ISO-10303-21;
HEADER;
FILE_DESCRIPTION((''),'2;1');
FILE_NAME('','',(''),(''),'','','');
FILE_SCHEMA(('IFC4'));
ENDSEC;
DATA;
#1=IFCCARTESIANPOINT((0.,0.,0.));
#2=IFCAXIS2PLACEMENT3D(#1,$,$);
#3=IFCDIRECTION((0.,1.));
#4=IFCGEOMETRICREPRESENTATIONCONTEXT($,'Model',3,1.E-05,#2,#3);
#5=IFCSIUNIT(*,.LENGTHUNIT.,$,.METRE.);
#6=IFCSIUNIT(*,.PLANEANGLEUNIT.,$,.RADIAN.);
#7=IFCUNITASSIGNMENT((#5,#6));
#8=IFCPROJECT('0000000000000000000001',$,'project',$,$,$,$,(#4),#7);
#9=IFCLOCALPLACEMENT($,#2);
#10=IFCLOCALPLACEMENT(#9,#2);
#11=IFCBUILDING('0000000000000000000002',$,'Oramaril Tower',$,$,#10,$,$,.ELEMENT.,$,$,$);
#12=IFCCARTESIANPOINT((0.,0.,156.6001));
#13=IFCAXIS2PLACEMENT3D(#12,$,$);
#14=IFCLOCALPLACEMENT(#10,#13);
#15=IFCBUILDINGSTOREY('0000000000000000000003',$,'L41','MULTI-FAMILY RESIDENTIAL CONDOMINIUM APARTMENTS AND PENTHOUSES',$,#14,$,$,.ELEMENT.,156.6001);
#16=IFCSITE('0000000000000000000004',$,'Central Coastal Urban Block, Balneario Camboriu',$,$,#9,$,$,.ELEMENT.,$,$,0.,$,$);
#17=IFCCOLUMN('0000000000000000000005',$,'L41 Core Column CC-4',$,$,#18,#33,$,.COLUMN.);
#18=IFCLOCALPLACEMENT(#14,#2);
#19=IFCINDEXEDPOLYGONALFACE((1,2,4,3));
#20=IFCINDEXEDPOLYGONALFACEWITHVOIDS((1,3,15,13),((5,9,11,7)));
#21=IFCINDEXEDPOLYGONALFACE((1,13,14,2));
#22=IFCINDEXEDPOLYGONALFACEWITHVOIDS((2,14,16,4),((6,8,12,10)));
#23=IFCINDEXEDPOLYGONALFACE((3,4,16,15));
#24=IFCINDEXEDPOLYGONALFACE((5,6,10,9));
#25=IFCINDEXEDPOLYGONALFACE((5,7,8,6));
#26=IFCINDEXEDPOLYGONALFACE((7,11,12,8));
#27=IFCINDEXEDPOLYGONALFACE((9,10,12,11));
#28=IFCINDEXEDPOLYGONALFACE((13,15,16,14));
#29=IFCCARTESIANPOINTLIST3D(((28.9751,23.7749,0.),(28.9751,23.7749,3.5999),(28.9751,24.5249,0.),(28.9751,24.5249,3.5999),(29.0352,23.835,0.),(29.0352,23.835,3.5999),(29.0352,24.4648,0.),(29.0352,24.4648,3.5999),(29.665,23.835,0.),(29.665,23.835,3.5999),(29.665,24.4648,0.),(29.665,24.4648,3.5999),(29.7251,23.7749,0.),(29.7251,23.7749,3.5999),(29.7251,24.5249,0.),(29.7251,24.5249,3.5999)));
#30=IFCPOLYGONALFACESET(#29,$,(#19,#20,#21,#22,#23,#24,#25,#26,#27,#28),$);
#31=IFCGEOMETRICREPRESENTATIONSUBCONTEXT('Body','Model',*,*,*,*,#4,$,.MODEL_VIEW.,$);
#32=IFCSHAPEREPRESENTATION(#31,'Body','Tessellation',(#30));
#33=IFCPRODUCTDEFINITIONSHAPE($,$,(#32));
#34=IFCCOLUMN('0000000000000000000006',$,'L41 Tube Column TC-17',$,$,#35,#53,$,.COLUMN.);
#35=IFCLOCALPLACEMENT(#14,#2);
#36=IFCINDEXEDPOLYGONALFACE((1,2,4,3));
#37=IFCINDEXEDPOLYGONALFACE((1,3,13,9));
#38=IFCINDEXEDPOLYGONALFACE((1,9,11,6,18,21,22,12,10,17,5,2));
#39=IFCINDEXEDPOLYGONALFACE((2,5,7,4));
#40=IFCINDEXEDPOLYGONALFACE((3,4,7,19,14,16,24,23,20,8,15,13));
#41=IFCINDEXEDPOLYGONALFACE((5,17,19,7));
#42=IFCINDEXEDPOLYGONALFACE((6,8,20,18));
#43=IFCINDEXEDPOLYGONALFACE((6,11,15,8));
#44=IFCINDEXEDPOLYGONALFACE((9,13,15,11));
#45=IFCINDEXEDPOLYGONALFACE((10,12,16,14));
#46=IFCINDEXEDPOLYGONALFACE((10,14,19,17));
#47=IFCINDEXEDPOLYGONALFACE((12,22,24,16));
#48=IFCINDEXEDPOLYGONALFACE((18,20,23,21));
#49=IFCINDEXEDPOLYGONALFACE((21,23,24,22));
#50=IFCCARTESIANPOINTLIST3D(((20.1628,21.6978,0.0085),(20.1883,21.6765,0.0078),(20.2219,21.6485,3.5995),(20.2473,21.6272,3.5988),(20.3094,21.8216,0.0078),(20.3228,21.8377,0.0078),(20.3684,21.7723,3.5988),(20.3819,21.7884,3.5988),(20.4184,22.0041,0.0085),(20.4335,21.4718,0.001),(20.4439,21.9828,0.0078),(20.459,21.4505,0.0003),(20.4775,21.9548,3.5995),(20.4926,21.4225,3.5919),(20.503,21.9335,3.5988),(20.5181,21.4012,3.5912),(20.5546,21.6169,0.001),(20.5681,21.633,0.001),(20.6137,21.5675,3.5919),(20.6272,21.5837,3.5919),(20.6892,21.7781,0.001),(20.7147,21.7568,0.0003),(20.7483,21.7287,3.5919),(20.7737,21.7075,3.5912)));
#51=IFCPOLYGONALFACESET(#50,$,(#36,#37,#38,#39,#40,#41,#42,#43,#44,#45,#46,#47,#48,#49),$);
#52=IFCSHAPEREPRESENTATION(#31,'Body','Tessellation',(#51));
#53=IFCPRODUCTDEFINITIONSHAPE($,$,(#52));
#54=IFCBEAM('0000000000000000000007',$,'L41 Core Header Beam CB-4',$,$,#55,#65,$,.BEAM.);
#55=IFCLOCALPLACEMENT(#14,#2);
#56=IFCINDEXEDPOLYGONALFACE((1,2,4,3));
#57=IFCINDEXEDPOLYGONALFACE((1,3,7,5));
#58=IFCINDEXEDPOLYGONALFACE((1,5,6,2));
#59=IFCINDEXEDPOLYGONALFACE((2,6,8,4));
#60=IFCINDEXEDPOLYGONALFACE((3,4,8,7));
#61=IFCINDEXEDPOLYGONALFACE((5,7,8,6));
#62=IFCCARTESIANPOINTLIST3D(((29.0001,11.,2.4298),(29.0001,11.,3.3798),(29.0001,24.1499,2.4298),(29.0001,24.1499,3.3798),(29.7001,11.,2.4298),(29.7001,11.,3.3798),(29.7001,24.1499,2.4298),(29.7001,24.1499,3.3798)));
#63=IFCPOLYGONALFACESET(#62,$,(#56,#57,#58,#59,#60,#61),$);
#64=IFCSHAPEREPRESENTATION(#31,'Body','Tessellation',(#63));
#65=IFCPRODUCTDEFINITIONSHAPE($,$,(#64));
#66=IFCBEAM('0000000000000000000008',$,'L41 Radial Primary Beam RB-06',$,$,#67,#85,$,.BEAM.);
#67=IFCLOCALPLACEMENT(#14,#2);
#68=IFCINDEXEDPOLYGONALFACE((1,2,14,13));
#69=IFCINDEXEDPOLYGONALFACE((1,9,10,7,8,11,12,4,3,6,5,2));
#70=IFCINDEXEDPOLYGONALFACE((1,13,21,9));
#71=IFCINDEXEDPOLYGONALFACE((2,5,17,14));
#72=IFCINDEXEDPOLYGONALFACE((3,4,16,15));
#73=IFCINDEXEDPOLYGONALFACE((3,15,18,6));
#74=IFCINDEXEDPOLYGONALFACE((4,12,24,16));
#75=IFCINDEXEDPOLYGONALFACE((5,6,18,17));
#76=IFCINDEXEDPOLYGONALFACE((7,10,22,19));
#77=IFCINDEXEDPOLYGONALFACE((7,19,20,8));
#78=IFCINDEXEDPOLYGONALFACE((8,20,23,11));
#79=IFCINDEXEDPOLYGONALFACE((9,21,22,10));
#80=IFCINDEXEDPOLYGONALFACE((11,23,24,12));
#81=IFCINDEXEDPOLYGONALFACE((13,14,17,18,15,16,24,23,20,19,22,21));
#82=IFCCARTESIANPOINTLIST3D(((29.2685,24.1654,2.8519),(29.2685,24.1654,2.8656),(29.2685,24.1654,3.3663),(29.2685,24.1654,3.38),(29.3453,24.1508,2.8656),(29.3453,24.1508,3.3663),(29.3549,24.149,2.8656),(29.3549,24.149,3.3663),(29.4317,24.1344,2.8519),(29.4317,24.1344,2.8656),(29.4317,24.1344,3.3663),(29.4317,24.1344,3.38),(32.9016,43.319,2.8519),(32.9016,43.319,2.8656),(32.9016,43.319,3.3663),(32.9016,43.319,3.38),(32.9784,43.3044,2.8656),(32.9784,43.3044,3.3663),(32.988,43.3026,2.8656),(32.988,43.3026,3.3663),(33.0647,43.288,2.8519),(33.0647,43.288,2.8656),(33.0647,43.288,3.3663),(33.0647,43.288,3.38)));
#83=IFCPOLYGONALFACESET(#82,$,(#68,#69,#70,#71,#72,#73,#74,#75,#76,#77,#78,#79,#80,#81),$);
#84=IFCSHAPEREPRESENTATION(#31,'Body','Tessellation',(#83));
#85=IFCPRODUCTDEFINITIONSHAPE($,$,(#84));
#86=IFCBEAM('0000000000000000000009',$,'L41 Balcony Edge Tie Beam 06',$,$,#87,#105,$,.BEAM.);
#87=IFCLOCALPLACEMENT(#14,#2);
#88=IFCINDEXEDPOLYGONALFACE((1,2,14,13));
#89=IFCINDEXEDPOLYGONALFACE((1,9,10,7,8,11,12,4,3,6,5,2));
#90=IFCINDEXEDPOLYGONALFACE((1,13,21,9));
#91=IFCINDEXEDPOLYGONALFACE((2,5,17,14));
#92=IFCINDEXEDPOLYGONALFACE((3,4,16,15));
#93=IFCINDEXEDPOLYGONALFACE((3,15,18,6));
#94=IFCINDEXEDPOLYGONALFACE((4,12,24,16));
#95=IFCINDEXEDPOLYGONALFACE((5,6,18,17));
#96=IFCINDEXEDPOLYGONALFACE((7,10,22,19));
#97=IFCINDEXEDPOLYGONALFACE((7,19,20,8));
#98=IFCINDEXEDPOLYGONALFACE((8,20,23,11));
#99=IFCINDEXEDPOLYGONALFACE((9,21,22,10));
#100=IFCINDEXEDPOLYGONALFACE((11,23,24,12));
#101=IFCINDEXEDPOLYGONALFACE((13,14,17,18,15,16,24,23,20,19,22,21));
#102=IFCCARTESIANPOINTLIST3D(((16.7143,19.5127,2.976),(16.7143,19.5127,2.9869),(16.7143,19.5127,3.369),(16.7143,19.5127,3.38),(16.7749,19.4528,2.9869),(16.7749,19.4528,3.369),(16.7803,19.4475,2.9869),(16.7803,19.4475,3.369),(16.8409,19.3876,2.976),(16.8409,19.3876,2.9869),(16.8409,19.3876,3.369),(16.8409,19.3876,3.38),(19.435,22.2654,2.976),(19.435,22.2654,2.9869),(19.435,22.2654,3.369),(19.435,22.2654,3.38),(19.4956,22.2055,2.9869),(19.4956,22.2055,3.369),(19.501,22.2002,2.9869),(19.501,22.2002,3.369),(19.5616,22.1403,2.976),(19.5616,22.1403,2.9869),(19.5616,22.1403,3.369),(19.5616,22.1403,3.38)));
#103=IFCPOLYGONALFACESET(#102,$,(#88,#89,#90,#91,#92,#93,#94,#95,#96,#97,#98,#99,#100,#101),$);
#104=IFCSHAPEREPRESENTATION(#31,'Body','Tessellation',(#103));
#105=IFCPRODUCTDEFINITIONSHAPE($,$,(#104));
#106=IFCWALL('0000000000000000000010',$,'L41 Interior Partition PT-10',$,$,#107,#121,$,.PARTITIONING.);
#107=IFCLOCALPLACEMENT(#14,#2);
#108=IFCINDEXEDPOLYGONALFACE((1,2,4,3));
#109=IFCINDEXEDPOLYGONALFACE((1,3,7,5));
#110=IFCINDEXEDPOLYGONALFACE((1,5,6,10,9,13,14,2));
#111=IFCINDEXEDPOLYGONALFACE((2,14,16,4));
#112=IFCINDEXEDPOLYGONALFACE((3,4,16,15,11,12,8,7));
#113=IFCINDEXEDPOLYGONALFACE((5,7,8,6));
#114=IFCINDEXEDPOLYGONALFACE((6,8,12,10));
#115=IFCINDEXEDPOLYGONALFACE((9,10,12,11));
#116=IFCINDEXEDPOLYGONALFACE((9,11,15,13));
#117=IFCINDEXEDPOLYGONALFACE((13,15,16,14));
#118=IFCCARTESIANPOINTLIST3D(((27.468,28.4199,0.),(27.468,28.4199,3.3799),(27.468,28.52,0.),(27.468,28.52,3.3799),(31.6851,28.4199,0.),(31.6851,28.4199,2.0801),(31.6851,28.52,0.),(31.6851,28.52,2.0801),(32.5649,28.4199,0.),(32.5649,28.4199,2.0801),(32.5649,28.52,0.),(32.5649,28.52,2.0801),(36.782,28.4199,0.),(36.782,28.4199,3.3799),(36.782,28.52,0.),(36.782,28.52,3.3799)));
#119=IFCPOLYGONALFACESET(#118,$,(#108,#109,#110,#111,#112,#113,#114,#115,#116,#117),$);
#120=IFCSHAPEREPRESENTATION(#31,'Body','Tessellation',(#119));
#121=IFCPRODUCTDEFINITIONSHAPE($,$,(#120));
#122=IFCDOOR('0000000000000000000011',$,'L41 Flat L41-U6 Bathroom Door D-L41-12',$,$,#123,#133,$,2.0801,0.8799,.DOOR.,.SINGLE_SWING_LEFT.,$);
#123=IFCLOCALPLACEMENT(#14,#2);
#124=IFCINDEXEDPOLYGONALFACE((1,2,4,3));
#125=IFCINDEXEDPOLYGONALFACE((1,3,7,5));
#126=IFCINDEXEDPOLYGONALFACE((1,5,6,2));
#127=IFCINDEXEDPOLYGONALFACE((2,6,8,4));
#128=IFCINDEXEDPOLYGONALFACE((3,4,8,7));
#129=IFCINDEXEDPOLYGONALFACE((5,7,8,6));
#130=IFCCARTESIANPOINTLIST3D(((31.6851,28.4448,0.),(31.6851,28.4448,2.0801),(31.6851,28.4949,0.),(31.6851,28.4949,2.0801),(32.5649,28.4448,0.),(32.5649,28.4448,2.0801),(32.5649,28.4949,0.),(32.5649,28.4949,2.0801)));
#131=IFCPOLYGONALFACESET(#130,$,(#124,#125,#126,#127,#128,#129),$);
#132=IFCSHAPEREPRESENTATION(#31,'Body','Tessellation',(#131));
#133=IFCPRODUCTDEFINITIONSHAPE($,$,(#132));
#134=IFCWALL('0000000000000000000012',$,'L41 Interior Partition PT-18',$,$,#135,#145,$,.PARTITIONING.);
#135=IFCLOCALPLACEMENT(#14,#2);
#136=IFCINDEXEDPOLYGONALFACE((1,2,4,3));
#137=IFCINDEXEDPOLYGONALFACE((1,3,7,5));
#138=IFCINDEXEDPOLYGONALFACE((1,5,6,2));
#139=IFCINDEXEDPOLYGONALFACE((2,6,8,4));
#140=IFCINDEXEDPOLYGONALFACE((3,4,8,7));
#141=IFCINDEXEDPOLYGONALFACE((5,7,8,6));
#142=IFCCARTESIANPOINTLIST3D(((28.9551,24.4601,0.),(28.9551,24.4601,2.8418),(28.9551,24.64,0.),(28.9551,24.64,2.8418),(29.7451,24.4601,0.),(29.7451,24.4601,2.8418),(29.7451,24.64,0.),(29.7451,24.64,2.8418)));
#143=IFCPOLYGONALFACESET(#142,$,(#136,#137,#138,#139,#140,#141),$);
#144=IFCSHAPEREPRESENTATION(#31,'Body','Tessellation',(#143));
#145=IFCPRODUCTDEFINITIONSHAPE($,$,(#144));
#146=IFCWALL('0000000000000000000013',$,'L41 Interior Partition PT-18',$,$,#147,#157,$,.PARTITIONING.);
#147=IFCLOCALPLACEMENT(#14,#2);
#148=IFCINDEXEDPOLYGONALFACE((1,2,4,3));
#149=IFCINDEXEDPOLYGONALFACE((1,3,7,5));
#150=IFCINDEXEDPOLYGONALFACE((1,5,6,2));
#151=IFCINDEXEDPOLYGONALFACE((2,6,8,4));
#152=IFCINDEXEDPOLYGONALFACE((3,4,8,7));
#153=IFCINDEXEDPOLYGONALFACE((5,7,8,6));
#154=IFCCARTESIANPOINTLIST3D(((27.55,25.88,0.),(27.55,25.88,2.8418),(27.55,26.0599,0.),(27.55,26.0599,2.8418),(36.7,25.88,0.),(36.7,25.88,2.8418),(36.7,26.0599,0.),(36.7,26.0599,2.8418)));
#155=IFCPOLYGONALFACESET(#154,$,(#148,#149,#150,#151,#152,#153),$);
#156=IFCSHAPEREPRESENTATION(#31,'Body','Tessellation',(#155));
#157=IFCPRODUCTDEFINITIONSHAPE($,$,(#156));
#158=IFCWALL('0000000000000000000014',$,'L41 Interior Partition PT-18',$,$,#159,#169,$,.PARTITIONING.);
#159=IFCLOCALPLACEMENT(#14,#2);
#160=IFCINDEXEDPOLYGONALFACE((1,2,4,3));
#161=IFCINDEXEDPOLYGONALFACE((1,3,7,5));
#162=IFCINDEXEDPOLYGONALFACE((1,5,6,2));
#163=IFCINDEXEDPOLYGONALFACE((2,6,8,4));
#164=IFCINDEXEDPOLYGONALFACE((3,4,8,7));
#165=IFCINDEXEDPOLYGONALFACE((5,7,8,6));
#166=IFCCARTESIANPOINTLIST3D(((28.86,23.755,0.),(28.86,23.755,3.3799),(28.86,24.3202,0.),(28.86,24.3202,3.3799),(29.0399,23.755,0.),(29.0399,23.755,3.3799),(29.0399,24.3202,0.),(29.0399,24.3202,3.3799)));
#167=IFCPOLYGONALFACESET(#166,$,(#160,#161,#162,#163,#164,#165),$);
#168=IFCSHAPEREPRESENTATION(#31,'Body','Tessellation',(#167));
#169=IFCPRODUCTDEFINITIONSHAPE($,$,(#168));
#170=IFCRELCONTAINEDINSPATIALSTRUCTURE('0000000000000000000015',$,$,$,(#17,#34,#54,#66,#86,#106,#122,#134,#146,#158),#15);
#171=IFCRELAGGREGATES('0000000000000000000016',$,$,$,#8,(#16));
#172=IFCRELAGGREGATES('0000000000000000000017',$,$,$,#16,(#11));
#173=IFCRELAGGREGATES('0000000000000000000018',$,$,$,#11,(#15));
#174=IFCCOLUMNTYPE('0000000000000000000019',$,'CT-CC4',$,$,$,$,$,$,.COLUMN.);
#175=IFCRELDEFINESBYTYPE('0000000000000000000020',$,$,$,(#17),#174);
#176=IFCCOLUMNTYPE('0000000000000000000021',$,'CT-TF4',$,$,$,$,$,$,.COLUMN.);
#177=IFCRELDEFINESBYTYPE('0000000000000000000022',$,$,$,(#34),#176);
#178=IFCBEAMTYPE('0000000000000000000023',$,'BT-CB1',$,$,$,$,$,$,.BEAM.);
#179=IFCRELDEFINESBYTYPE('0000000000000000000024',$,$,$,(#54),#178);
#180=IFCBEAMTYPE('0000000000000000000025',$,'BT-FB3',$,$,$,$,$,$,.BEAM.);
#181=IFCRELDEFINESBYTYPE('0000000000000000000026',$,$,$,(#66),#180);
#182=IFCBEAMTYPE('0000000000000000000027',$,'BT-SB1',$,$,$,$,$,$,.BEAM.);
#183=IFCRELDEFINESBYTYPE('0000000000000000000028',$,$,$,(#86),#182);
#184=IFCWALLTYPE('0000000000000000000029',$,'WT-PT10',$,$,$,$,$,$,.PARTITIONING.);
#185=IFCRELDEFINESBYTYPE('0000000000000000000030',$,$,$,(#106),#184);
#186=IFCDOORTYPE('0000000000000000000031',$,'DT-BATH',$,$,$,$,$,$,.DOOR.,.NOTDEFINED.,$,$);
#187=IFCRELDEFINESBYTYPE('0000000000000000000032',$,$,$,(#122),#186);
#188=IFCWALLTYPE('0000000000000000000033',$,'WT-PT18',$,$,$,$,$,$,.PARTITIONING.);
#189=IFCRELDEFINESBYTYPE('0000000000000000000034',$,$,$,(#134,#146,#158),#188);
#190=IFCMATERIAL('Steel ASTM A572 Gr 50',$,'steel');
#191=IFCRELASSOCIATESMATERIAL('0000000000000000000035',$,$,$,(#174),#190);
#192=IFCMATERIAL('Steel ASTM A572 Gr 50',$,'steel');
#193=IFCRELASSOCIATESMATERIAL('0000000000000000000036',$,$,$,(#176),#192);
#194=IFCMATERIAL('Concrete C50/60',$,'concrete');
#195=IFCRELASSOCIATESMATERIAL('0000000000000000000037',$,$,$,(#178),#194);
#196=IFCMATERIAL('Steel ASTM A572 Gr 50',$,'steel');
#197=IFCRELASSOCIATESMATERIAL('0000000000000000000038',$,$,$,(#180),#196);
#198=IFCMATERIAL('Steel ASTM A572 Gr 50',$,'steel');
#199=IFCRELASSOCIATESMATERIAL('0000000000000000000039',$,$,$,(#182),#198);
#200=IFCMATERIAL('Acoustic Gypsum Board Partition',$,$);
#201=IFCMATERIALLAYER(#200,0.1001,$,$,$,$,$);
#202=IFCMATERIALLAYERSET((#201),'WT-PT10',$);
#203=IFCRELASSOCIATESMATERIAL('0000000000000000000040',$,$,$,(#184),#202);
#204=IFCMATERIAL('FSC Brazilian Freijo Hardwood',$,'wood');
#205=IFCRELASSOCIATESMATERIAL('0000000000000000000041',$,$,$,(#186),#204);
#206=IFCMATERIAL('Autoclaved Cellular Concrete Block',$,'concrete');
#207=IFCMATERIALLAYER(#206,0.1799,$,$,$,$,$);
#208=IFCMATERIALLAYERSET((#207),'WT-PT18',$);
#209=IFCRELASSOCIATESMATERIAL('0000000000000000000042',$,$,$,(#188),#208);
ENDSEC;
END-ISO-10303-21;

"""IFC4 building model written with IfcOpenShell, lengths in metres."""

from ifc_helpers import new_model, si_unit, direction, frame, frame_2d, origin, origin_2d, place, context, subcontext, project, spatial, rectangle, hollow_rectangle, i_section, extrude, material, layer, layer_set, material_profile, profile_set, type_object, element, fill, save


model = new_model("IFC4")

# Units and contexts
model_context = context("Model", 3, precision=1e-05, world=origin(), true_north=direction((0.0, 1.0)))
body_context = subcontext(model_context, "Body", "Model", "MODEL_VIEW")
ifc_project = project(units=[si_unit("LENGTHUNIT", "METRE"), si_unit("PLANEANGLEUNIT", "RADIAN")], contexts=[model_context])

# Site, building, storey
site_placement = place(None, origin())
site = spatial("IfcSite", under=ifc_project, at=site_placement, Name="Central Coastal Urban Block, Balneario Camboriu", CompositionType="ELEMENT", RefElevation=0.0)
building_placement = place(site_placement, origin())
building = spatial("IfcBuilding", under=site, at=building_placement, Name="Oramaril Tower", CompositionType="ELEMENT")
storey_placement = place(building_placement, frame((0.0, 0.0, 156.6001)))
storey = spatial("IfcBuildingStorey", under=building, at=storey_placement, Name="L41", Description="MULTI-FAMILY RESIDENTIAL CONDOMINIUM APARTMENTS AND PENTHOUSES", CompositionType="ELEMENT", Elevation=156.6001)

# Columns
ifc_material_1 = material(Name="Steel ASTM A572 Gr 50", Category="steel")
ifc_material_profile_1 = material_profile(ifc_material_1, hollow_rectangle(XDim=0.75, YDim=0.75, WallThickness=0.0601, at=origin_2d()), Name="BOX750X750X60")
ifc_profile_set_1 = profile_set([ifc_material_profile_1], Name="Steel ASTM A572 Gr 50")
column_type_1 = type_object("IfcColumnType", Name="CT-CC4", PredefinedType="COLUMN", material=ifc_profile_set_1)
column_1_placement = place(storey_placement, frame((29.3501, 24.1499, 0.0), z_axis=(0.0, 0.0, 1.0), x_axis=(1.0, 0.0, 0.0)))
element("IfcColumn", 1, at=column_1_placement, inside=storey, type_object=column_type_1, Name="L41 Core Column CC-4", PredefinedType="COLUMN", context=body_context, shape_type="SweptSolid", body=[
    extrude(hollow_rectangle(XDim=0.75, YDim=0.75, WallThickness=0.0601, at=origin_2d()), origin(), (0.0, 0.0, 1.0), 3.5999),
])
ifc_material_2 = material(Name="Steel ASTM A572 Gr 50", Category="steel")
ifc_material_profile_2 = material_profile(ifc_material_2, i_section(OverallWidth=0.3989, OverallDepth=0.386, WebThickness=0.021, FlangeThickness=0.0332, at=origin_2d()), Name="W14X176")
ifc_profile_set_2 = profile_set([ifc_material_profile_2], Name="Steel ASTM A572 Gr 50")
column_type_2 = type_object("IfcColumnType", Name="CT-TF4", PredefinedType="COLUMN", material=ifc_profile_set_2)
column_2_placement = place(storey_placement, frame((20.4387, 21.7273, 0.0044), z_axis=(0.016449, -0.01373, 0.99977), x_axis=(0.640808, 0.767701, 0.0)))
element("IfcColumn", 2, at=column_2_placement, inside=storey, type_object=column_type_2, Name="L41 Tube Column TC-17", PredefinedType="COLUMN", context=body_context, shape_type="SweptSolid", body=[
    extrude(i_section(OverallWidth=0.3989, OverallDepth=0.386, WebThickness=0.021, FlangeThickness=0.0332, at=origin_2d()), origin(), (0.0, 0.0, 1.0), 3.5918),
])

# Beams
ifc_material_3 = material(Name="Concrete C50/60", Category="concrete")
ifc_material_profile_3 = material_profile(ifc_material_3, rectangle(XDim=0.7, YDim=0.95, at=origin_2d()), Name="CB700X950")
ifc_profile_set_3 = profile_set([ifc_material_profile_3], Name="Concrete C50/60")
beam_type_1 = type_object("IfcBeamType", Name="BT-CB1", PredefinedType="BEAM", material=ifc_profile_set_3)
beam_1_placement = place(storey_placement, frame((29.3501, 24.1499, 2.9048), z_axis=(0.0, -1.0, 0.0), x_axis=(1.0, 0.0, 0.0)))
element("IfcBeam", 3, at=beam_1_placement, inside=storey, type_object=beam_type_1, Name="L41 Core Header Beam CB-4", PredefinedType="BEAM", context=body_context, shape_type="SweptSolid", body=[
    extrude(rectangle(XDim=0.7, YDim=0.95, at=origin_2d()), origin(), (0.0, 0.0, 1.0), 13.1499),
])
ifc_material_4 = material(Name="Steel ASTM A572 Gr 50", Category="steel")
ifc_material_profile_4 = material_profile(ifc_material_4, i_section(OverallWidth=0.166, OverallDepth=0.5281, WebThickness=0.0098, FlangeThickness=0.0137, at=origin_2d()), Name="W21X50")
ifc_profile_set_4 = profile_set([ifc_material_profile_4], Name="Steel ASTM A572 Gr 50")
beam_type_2 = type_object("IfcBeamType", Name="BT-FB3", PredefinedType="BEAM", material=ifc_profile_set_4)
beam_2_placement = place(storey_placement, frame((29.3501, 24.1499, 3.116), z_axis=(0.186358, 0.982482, 0.0), x_axis=(-0.982482, 0.186358, 0.0)))
element("IfcBeam", 4, at=beam_2_placement, inside=storey, type_object=beam_type_2, Name="L41 Radial Primary Beam RB-06", PredefinedType="BEAM", context=body_context, shape_type="SweptSolid", body=[
    extrude(i_section(OverallWidth=0.166, OverallDepth=0.5281, WebThickness=0.0098, FlangeThickness=0.0137, at=origin_2d()), origin(), (0.0, 0.0, 1.0), 19.4951),
])
ifc_material_5 = material(Name="Steel ASTM A572 Gr 50", Category="steel")
ifc_material_profile_5 = material_profile(ifc_material_5, i_section(OverallWidth=0.178, OverallDepth=0.4041, WebThickness=0.0076, FlangeThickness=0.011, at=origin_2d()), Name="W16X36")
ifc_profile_set_5 = profile_set([ifc_material_profile_5], Name="Steel ASTM A572 Gr 50")
beam_type_3 = type_object("IfcBeamType", Name="BT-SB1", PredefinedType="BEAM", material=ifc_profile_set_5)
beam_3_placement = place(storey_placement, frame((19.4983, 22.2029, 3.178), z_axis=(-0.702963, -0.711226, 0.0), x_axis=(0.711226, -0.702963, 0.0)))
element("IfcBeam", 5, at=beam_3_placement, inside=storey, type_object=beam_type_3, Name="L41 Balcony Edge Tie Beam 06", PredefinedType="BEAM", context=body_context, shape_type="SweptSolid", body=[
    extrude(i_section(OverallWidth=0.178, OverallDepth=0.4041, WebThickness=0.0076, FlangeThickness=0.011, at=origin_2d()), origin(), (0.0, 0.0, 1.0), 3.8704),
])

# Wall, opening, door
ifc_material_6 = material(Name="Acoustic Gypsum Board Partition")
ifc_layer_1 = layer(ifc_material_6, 0.1001)
ifc_layer_set_1 = layer_set([ifc_layer_1], Name="WT-PT10")
wall_type_1 = type_object("IfcWallType", Name="WT-PT10", PredefinedType="PARTITIONING", material=ifc_layer_set_1)
wall_1_placement = place(storey_placement, frame((27.468, 28.47, 0.0), z_axis=(0.0, 0.0, 1.0), x_axis=(1.0, 0.0, 0.0)))
wall_1 = element("IfcWall", 6, at=wall_1_placement, inside=storey, type_object=wall_type_1, Name="L41 Interior Partition PT-10", PredefinedType="PARTITIONING", context=body_context, shape_type="SweptSolid", body=[
    extrude(rectangle(XDim=9.314, YDim=0.1001, at=frame_2d((4.657, 0.0))), origin(), (0.0, 0.0, 1.0), 3.3799),
])
opening_1_placement = place(wall_1_placement, frame((4.217, 0.0, 0.0)))
opening_1 = element("IfcOpeningElement", 7, at=opening_1_placement, cuts=wall_1, PredefinedType="OPENING", context=body_context, shape_type="SweptSolid", body=[
    extrude(rectangle(XDim=0.8799, YDim=2.0801, at=frame_2d((0.4399, 1.04))), frame((0.0, 0.05, 0.0), z_axis=(0.0, -1.0, 0.0), x_axis=(1.0, 0.0, 0.0)), (0.0, 0.0, 1.0), 0.1001),
])
ifc_material_7 = material(Name="FSC Brazilian Freijo Hardwood", Category="wood")
door_type_1 = type_object("IfcDoorType", Name="DT-BATH", OperationType="NOTDEFINED", PredefinedType="DOOR", material=ifc_material_7)
door_1_placement = place(opening_1_placement, origin())
door_1 = element("IfcDoor", 8, at=door_1_placement, inside=storey, type_object=door_type_1, Name="L41 Flat L41-U6 Bathroom Door D-L41-12", OperationType="SINGLE_SWING_LEFT", OverallHeight=2.0801, OverallWidth=0.8799, PredefinedType="DOOR", context=body_context, shape_type="SweptSolid", body=[
    extrude(rectangle(XDim=0.8799, YDim=2.0801, at=frame_2d((0.4399, 1.04))), frame((0.0, 0.0249, 0.0), z_axis=(0.0, -1.0, 0.0), x_axis=(1.0, 0.0, 0.0)), (0.0, 0.0, 1.0), 0.05),
])
fill(opening_1, door_1)

# Walls
ifc_material_8 = material(Name="Autoclaved Cellular Concrete Block", Category="concrete")
ifc_layer_2 = layer(ifc_material_8, 0.1799)
ifc_layer_set_2 = layer_set([ifc_layer_2], Name="WT-PT18")
wall_type_2 = type_object("IfcWallType", Name="WT-PT18", PredefinedType="PARTITIONING", material=ifc_layer_set_2)
wall_2_placement = place(storey_placement, frame((28.9551, 24.55, 0.0), z_axis=(0.0, 0.0, 1.0), x_axis=(1.0, 0.0, 0.0)))
element("IfcWall", 9, at=wall_2_placement, inside=storey, type_object=wall_type_2, Name="L41 Interior Partition PT-18", PredefinedType="PARTITIONING", context=body_context, shape_type="SweptSolid", body=[
    extrude(rectangle(XDim=0.79, YDim=0.1799, at=frame_2d((0.395, 0.0))), origin(), (0.0, 0.0, 1.0), 2.8418),
])
wall_3_placement = place(storey_placement, frame((27.55, 25.97, 0.0), z_axis=(0.0, 0.0, 1.0), x_axis=(1.0, 0.0, 0.0)))
element("IfcWall", 10, at=wall_3_placement, inside=storey, type_object=wall_type_2, Name="L41 Interior Partition PT-18", PredefinedType="PARTITIONING", context=body_context, shape_type="SweptSolid", body=[
    extrude(rectangle(XDim=9.1499, YDim=0.1799, at=frame_2d((4.575, 0.0))), origin(), (0.0, 0.0, 1.0), 2.8418),
])
wall_4_placement = place(storey_placement, frame((28.95, 23.7549, 0.0), z_axis=(0.0, 0.0, 1.0), x_axis=(0.0, 1.0, 0.0)))
element("IfcWall", 11, at=wall_4_placement, inside=storey, type_object=wall_type_2, Name="L41 Interior Partition PT-18", PredefinedType="PARTITIONING", context=body_context, shape_type="SweptSolid", body=[
    extrude(rectangle(XDim=0.5652, YDim=0.1799, at=frame_2d((0.2827, 0.0))), origin(), (0.0, 0.0, 1.0), 3.3799),
])

save(model, "model.ifc")
